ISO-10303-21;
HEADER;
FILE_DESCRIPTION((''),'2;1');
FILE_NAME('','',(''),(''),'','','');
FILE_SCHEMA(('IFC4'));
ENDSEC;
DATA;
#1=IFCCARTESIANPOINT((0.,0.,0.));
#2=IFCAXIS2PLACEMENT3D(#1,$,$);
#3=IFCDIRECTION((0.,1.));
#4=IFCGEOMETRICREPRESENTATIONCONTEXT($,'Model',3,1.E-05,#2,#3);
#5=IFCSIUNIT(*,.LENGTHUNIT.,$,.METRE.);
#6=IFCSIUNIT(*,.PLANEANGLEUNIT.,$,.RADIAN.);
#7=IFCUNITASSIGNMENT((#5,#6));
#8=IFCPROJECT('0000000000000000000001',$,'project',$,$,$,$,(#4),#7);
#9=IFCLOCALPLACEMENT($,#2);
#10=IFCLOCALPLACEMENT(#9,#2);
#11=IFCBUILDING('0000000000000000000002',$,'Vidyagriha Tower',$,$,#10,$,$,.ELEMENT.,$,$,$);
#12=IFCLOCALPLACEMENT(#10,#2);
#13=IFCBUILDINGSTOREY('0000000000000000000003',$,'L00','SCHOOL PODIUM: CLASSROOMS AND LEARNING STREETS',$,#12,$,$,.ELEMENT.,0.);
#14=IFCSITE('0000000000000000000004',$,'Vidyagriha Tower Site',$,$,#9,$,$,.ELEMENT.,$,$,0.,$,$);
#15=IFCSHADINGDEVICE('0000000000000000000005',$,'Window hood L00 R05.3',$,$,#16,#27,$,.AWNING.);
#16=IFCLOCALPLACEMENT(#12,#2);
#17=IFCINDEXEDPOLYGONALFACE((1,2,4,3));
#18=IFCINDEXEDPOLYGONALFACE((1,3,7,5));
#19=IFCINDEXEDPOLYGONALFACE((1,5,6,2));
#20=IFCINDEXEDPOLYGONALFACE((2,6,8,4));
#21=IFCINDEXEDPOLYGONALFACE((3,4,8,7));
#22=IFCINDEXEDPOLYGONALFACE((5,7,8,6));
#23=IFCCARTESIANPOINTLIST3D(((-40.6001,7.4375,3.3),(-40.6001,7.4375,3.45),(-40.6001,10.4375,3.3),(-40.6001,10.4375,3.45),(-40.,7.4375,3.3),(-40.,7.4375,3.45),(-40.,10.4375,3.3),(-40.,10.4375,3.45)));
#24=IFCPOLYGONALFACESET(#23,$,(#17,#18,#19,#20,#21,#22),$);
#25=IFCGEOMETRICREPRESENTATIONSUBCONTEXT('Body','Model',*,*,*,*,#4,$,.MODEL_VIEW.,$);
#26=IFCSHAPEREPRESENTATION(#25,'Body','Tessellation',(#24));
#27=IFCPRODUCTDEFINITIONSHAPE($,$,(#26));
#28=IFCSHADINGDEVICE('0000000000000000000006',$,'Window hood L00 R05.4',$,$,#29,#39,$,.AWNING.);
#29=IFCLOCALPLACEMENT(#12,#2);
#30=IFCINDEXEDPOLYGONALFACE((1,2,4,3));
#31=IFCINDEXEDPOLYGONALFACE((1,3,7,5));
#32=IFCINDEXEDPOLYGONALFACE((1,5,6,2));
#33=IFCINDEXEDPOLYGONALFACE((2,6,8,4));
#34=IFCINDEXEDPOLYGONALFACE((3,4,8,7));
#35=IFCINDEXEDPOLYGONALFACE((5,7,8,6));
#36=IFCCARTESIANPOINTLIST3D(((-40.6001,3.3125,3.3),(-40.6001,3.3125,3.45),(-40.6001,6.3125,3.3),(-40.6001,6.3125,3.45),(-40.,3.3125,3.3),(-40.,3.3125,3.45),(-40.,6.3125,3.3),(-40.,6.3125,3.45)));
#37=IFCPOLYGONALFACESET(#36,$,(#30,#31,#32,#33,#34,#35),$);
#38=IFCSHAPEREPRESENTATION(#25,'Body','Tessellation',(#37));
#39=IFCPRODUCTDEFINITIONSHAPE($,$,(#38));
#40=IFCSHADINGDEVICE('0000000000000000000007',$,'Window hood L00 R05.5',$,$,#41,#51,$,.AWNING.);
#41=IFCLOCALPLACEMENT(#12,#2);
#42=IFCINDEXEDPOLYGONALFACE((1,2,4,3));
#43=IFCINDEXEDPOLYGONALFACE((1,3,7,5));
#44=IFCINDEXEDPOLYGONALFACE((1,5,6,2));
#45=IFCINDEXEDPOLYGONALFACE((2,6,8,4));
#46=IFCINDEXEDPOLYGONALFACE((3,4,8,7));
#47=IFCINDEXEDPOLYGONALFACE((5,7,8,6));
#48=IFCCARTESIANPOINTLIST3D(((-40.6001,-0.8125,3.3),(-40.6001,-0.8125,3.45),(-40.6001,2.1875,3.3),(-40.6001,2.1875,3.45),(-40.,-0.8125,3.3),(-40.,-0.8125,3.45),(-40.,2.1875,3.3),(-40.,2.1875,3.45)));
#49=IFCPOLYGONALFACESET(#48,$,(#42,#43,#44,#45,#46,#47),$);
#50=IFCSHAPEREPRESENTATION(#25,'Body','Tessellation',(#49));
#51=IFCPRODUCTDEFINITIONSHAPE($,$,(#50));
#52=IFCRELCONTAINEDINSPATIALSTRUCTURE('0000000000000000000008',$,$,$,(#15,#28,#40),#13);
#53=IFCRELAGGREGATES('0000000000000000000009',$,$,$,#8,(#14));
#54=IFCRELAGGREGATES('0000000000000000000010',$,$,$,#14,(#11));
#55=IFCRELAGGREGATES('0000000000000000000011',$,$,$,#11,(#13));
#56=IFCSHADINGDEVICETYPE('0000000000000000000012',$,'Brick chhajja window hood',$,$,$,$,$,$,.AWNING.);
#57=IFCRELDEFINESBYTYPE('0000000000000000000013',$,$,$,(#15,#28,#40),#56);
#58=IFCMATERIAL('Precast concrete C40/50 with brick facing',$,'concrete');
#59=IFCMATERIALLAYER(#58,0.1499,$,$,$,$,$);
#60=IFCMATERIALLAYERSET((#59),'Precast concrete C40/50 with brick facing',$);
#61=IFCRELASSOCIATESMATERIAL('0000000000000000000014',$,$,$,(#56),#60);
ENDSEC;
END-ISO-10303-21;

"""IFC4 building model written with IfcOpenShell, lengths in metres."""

from ifc_helpers import new_model, si_unit, direction, frame, origin, origin_2d, place, context, subcontext, project, spatial, rectangle, extrude, material, layer, layer_set, type_object, element, save


model = new_model("IFC4")

# Units and contexts
model_context = context("Model", 3, precision=1e-05, world=origin(), true_north=direction((0.0, 1.0)))
body_context = subcontext(model_context, "Body", "Model", "MODEL_VIEW")
ifc_project = project(units=[si_unit("LENGTHUNIT", "METRE"), si_unit("PLANEANGLEUNIT", "RADIAN")], contexts=[model_context])

# Site, building, storey
site_placement = place(None, origin())
site = spatial("IfcSite", under=ifc_project, at=site_placement, Name="Vidyagriha Tower Site", CompositionType="ELEMENT", RefElevation=0.0)
building_placement = place(site_placement, origin())
building = spatial("IfcBuilding", under=site, at=building_placement, Name="Vidyagriha Tower", CompositionType="ELEMENT")
storey_placement = place(building_placement, origin())
storey = spatial("IfcBuildingStorey", under=building, at=storey_placement, Name="L00", Description="SCHOOL PODIUM: CLASSROOMS AND LEARNING STREETS", CompositionType="ELEMENT", Elevation=0.0)

# Shading devices
ifc_material_1 = material(Name="Precast concrete C40/50 with brick facing", Category="concrete")
ifc_layer_1 = layer(ifc_material_1, 0.1499)
ifc_layer_set_1 = layer_set([ifc_layer_1], Name="Precast concrete C40/50 with brick facing")
shading_device_type = type_object("IfcShadingDeviceType", Name="Brick chhajja window hood", PredefinedType="AWNING", material=ifc_layer_set_1)
for number, where, z_axis, x_axis, name in (
    (1, (-40.3, 8.9375, 3.3), (0.0, 0.0, 1.0), (0.0, -1.0, 0.0), "Window hood L00 R05.3"),
    (2, (-40.3, 4.8125, 3.3), (0.0, 0.0, 1.0), (0.0, -1.0, 0.0), "Window hood L00 R05.4"),
    (3, (-40.3, 0.6875, 3.3), (0.0, 0.0, 1.0), (0.0, -1.0, 0.0), "Window hood L00 R05.5"),
):
    element("IfcShadingDevice", number, at=place(storey_placement, frame(where, z_axis=z_axis, x_axis=x_axis)), inside=storey, type_object=shading_device_type, Name=name, PredefinedType="AWNING", context=body_context, shape_type="SweptSolid", body=[
        extrude(rectangle(XDim=3.0, YDim=0.6001, at=origin_2d()), origin(), (0.0, 0.0, 1.0), 0.1499),
    ])

save(model, "model.ifc")
